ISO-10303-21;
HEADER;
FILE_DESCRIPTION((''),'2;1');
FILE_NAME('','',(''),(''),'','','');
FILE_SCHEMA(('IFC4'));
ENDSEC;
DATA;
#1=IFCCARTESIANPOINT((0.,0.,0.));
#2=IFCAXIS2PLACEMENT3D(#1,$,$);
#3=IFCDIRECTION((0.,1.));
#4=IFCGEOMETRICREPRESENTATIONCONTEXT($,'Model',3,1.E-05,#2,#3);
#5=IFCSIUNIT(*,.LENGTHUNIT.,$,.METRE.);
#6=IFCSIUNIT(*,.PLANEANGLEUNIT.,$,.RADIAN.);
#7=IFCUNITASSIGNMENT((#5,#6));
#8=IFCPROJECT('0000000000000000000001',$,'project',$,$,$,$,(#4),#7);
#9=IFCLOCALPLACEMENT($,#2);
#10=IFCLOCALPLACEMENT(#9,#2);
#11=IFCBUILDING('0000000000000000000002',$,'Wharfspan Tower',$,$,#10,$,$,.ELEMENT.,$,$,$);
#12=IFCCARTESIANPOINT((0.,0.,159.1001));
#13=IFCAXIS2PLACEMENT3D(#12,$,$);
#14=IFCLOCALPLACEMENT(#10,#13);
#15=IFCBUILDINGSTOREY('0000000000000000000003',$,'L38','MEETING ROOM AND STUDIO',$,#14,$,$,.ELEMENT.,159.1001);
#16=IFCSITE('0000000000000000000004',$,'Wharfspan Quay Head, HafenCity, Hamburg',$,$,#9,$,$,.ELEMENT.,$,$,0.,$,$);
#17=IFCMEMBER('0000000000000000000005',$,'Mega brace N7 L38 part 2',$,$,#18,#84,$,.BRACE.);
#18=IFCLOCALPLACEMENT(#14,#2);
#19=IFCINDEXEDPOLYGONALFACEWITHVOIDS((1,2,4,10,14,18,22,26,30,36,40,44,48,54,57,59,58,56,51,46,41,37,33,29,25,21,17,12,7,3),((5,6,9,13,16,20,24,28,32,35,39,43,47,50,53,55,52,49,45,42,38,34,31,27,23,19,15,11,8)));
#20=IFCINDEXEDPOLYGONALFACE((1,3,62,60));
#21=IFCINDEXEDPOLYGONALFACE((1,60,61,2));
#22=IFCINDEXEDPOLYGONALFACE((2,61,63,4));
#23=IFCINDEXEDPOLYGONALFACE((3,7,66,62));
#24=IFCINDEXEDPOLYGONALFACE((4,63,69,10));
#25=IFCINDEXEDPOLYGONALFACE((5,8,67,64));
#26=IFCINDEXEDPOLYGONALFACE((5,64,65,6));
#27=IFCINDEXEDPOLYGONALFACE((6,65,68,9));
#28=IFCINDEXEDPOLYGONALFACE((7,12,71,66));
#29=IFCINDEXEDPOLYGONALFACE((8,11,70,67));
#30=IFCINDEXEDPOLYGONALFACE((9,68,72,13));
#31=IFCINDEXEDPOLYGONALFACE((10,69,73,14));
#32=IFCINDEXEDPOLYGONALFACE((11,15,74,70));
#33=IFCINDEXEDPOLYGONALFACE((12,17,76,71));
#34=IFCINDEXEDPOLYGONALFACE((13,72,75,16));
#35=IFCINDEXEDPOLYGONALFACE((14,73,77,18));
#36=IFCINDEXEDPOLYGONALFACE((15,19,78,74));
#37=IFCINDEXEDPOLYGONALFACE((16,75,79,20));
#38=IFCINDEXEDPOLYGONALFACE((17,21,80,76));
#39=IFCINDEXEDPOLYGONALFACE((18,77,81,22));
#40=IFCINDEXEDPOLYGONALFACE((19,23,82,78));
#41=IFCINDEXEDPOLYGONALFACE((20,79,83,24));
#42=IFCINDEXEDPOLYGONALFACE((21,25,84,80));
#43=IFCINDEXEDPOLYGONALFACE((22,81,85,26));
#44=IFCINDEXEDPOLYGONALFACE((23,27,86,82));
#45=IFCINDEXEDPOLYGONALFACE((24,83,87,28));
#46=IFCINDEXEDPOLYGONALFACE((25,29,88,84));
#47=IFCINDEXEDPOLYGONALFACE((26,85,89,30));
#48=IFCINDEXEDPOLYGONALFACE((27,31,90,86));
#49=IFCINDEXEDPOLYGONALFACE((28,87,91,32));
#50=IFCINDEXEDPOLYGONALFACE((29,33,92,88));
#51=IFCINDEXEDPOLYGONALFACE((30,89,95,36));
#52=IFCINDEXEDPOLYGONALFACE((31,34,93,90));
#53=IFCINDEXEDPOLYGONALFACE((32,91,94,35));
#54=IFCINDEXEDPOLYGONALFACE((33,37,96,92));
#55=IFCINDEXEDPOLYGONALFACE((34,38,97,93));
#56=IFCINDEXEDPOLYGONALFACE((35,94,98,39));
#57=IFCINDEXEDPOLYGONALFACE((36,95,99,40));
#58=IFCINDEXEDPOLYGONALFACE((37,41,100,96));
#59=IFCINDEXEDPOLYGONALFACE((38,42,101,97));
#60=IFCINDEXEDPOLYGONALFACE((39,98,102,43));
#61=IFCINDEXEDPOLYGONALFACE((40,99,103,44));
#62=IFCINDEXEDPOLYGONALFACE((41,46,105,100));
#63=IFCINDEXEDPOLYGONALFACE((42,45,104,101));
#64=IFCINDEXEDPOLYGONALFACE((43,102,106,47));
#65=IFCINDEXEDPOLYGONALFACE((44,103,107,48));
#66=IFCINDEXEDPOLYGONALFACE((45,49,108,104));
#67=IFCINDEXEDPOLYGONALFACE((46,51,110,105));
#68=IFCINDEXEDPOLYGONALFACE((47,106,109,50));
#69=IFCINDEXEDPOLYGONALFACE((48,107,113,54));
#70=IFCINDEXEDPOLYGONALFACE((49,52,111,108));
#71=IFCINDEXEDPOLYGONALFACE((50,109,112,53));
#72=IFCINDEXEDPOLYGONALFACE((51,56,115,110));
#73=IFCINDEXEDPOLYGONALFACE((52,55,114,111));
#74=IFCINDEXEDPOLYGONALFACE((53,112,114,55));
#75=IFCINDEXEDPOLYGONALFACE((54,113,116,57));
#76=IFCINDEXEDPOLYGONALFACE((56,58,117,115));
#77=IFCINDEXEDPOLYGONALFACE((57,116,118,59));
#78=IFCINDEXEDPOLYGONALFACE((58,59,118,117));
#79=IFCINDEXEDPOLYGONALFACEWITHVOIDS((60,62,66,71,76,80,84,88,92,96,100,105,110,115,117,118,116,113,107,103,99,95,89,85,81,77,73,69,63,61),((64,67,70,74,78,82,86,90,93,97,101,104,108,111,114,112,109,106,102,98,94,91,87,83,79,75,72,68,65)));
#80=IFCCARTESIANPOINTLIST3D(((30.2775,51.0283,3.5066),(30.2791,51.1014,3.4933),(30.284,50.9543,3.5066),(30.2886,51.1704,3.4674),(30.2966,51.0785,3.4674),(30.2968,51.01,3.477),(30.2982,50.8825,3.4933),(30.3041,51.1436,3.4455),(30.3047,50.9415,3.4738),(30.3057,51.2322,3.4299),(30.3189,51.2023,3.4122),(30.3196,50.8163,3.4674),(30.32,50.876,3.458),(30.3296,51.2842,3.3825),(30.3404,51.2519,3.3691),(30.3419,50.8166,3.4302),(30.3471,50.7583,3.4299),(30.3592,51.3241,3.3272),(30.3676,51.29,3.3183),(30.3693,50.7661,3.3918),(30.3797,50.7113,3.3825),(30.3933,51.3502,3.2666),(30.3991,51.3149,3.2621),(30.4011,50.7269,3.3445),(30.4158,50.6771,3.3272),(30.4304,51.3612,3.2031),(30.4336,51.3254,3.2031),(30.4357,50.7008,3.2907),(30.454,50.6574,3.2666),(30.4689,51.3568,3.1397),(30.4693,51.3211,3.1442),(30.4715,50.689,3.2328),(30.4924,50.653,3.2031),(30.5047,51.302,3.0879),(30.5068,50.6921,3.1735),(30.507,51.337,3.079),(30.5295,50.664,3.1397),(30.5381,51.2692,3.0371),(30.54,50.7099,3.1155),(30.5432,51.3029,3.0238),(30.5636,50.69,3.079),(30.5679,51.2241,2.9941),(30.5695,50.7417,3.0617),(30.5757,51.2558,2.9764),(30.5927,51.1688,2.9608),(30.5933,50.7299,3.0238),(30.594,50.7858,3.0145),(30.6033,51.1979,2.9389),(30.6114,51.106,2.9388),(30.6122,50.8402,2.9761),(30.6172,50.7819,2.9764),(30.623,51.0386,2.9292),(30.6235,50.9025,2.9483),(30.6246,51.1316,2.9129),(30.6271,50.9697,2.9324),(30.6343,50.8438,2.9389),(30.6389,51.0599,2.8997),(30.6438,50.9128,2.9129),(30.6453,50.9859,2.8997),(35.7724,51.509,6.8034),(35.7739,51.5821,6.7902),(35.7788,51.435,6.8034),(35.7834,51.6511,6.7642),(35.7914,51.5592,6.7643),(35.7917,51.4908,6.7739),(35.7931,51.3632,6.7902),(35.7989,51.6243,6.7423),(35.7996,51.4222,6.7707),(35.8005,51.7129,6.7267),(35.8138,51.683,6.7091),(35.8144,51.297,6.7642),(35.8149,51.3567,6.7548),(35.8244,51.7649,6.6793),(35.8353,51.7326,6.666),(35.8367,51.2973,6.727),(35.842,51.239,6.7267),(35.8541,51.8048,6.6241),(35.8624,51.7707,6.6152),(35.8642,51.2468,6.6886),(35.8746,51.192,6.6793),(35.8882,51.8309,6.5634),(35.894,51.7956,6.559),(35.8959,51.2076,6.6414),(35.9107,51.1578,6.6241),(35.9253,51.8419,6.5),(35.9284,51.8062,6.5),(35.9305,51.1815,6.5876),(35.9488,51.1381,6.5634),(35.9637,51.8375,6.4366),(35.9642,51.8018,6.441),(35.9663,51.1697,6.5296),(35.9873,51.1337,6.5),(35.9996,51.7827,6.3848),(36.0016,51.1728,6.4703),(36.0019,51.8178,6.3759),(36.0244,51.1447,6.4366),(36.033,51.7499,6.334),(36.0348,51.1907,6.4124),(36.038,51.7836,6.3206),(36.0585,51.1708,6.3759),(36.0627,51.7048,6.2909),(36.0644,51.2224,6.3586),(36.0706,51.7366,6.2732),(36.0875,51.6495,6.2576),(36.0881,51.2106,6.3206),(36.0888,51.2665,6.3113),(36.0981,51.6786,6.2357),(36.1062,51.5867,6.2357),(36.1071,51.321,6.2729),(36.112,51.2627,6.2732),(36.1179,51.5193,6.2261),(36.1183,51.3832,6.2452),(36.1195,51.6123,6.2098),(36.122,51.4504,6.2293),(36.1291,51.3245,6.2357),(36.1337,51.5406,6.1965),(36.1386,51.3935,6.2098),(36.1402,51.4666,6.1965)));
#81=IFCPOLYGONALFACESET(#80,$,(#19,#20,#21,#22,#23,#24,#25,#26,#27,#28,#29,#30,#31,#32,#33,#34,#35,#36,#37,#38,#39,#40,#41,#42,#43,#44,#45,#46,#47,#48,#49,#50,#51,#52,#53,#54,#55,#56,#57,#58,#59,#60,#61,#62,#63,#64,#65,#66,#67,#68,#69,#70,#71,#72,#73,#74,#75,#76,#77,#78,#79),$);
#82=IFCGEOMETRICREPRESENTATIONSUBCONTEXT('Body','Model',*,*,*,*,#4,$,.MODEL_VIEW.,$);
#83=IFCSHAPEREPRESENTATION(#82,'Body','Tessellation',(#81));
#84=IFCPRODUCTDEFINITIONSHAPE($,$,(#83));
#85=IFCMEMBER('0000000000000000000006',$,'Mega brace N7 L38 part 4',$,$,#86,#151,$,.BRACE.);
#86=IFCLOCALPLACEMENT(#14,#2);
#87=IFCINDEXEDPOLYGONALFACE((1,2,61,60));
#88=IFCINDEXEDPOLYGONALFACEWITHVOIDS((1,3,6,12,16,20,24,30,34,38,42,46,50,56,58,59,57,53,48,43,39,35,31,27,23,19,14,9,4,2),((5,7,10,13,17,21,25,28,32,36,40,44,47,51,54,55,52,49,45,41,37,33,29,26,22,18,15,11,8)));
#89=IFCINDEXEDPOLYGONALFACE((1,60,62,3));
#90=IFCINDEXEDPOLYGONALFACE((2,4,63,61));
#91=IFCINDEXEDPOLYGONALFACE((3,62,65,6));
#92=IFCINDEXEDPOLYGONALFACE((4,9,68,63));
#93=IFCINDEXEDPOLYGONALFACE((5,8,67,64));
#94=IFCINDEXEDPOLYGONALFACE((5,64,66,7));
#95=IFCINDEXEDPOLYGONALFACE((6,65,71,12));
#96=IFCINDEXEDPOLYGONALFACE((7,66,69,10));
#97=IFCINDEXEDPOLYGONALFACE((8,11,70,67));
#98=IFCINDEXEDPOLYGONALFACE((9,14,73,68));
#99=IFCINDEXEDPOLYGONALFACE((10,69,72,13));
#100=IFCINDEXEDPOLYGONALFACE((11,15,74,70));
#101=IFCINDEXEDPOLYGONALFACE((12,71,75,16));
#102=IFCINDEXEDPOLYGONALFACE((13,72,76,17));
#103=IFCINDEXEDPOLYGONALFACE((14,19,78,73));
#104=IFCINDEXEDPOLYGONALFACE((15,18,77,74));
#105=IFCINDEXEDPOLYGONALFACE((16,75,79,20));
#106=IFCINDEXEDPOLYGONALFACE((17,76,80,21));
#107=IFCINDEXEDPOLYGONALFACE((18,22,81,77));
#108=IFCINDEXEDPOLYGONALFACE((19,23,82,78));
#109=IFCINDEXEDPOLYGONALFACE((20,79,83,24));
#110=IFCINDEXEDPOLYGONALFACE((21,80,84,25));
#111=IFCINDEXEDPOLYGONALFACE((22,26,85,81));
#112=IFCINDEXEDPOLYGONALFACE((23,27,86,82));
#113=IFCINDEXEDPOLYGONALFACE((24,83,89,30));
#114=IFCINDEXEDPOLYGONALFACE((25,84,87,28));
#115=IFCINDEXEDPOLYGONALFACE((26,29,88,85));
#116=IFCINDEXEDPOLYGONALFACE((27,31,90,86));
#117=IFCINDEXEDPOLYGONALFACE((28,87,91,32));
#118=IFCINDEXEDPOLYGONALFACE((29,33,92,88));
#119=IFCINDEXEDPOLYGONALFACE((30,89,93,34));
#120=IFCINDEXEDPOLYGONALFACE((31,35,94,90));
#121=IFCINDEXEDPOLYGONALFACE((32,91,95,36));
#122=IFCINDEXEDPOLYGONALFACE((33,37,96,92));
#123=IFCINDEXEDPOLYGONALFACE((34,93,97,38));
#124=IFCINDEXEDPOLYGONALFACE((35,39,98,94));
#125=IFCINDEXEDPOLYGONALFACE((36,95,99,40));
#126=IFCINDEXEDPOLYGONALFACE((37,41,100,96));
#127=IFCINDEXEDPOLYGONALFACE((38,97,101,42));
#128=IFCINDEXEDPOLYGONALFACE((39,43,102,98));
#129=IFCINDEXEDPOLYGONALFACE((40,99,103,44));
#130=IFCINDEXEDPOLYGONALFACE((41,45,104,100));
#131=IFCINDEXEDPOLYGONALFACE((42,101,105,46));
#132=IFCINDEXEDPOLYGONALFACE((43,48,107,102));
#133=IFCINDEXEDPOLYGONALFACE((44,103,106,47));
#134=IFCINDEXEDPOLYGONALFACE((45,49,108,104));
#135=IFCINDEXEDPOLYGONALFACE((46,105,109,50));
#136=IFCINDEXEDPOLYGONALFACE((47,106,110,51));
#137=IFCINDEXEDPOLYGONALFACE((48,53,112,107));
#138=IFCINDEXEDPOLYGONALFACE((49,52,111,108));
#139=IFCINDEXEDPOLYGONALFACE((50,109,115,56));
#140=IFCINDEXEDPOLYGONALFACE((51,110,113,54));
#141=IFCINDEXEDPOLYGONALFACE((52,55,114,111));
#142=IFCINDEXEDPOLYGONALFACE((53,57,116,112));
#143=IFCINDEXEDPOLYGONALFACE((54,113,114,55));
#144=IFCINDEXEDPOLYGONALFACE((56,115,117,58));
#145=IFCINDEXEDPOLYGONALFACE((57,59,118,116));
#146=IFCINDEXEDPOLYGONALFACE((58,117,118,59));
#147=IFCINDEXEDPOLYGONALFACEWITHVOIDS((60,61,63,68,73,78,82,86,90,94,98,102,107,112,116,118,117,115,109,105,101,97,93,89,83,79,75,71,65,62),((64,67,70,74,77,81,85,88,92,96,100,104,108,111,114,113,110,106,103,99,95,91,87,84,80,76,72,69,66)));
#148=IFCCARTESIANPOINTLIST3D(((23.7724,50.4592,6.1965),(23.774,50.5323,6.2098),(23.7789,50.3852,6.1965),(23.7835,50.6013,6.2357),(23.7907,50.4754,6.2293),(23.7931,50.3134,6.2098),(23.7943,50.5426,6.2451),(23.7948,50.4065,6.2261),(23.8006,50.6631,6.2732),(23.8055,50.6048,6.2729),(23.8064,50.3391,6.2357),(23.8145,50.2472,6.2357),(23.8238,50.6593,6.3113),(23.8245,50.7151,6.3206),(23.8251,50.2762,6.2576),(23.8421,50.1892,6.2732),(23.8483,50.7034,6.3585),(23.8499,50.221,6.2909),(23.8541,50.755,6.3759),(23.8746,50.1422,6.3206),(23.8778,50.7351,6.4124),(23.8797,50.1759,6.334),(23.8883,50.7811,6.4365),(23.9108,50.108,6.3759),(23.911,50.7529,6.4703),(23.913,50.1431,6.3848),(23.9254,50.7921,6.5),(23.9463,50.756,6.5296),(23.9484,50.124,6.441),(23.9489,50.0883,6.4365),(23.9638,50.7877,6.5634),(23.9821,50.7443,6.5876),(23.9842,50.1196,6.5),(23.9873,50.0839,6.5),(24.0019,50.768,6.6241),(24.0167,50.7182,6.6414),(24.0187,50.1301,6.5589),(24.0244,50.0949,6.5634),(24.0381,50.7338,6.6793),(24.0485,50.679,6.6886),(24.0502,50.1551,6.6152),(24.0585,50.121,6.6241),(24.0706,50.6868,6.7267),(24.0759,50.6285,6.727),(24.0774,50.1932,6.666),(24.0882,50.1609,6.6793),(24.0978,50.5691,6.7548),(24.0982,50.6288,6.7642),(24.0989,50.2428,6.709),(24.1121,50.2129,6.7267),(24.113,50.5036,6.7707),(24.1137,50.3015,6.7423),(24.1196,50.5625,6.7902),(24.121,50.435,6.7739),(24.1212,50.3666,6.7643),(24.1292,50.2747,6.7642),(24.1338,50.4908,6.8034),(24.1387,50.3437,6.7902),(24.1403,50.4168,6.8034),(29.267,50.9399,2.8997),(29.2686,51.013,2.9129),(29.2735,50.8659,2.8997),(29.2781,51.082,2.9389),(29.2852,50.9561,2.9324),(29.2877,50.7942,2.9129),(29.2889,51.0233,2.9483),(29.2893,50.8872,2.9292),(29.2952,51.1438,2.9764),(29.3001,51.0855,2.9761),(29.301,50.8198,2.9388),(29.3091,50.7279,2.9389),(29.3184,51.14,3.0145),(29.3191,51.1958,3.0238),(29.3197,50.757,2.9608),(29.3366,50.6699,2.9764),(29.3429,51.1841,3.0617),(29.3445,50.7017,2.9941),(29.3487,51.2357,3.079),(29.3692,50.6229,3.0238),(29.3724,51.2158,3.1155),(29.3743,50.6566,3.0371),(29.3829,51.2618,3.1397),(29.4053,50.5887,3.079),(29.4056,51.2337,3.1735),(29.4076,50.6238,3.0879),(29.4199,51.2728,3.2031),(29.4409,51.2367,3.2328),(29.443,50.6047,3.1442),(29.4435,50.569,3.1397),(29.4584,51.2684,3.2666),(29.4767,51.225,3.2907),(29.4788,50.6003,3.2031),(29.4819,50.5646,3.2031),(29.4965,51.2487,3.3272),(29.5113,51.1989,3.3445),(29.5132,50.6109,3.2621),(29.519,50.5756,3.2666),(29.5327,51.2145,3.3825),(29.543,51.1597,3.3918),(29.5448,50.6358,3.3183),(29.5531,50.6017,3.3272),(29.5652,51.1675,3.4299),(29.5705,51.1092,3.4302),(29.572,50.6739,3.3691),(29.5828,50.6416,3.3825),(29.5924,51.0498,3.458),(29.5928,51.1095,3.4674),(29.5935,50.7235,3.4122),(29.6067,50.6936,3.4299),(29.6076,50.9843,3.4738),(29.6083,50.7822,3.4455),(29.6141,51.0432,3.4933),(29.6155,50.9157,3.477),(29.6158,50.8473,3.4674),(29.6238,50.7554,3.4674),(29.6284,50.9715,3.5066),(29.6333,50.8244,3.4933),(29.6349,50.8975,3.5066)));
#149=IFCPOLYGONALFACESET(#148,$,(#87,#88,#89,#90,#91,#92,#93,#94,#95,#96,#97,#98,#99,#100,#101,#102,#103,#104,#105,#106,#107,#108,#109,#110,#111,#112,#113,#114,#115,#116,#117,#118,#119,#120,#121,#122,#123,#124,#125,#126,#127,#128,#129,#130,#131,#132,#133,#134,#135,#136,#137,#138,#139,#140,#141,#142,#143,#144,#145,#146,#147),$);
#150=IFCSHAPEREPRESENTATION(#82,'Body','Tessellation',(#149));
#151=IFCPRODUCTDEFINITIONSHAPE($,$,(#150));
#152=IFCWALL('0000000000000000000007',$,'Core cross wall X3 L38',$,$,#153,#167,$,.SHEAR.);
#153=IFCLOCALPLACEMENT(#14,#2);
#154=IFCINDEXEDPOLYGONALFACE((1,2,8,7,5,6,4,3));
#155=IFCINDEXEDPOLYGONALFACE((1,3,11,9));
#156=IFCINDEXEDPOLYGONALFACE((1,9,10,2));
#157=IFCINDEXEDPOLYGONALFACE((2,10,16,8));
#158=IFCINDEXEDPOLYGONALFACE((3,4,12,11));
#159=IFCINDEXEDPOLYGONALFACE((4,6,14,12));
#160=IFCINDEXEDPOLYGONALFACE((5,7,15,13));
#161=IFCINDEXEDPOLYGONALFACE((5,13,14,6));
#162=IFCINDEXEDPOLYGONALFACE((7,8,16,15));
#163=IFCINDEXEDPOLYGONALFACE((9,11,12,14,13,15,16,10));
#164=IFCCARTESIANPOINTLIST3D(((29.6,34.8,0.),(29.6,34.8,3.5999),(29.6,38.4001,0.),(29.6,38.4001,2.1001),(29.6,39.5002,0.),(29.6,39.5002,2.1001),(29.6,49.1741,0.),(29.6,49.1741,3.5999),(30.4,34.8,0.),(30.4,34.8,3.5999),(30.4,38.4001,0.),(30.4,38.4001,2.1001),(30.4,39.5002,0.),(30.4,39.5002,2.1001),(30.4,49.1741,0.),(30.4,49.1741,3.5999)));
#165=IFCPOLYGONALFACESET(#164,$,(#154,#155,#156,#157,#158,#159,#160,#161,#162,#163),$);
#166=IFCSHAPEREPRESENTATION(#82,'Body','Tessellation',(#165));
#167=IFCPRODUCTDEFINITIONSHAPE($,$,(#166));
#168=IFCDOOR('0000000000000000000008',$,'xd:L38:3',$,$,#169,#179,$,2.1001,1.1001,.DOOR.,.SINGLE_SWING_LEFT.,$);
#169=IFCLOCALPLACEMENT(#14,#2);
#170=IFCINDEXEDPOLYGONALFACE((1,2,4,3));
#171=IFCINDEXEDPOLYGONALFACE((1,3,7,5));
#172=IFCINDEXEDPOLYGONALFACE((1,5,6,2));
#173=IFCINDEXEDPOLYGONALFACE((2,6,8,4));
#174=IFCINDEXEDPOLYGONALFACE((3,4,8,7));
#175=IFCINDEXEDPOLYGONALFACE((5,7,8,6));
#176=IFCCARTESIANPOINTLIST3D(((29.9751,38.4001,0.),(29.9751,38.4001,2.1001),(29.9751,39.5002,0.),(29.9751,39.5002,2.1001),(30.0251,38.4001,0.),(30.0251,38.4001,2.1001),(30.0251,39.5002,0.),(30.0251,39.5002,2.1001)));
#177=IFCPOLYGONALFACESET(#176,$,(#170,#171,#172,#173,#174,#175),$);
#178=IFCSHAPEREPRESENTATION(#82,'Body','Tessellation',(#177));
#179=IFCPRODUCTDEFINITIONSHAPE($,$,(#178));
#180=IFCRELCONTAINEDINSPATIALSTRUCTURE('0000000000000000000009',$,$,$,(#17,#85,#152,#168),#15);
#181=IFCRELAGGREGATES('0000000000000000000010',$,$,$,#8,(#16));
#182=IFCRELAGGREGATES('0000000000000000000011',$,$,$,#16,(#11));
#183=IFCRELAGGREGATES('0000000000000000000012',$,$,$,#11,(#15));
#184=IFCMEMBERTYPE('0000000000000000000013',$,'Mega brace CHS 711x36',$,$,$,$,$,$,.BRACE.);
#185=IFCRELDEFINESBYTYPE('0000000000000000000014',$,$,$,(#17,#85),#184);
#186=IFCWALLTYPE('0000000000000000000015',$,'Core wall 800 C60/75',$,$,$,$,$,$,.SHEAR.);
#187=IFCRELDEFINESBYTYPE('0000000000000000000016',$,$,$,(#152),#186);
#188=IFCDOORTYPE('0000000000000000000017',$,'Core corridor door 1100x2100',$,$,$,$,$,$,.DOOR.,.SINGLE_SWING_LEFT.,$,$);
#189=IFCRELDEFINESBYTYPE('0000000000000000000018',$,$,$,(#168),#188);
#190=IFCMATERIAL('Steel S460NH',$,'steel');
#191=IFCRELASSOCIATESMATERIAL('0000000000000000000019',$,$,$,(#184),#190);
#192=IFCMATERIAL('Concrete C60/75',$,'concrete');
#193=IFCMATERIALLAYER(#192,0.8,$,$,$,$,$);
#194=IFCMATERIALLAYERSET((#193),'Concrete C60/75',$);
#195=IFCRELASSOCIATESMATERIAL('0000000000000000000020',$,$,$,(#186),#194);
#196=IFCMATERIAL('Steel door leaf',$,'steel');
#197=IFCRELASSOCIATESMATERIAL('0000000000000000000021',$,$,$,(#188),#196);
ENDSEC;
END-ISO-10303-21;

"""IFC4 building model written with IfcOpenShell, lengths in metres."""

from ifc_helpers import new_model, si_unit, direction, frame, frame_2d, origin, origin_2d, place, context, subcontext, project, spatial, rectangle, hollow_circle, extrude, material, layer, layer_set, material_profile, profile_set, type_object, element, fill, save


model = new_model("IFC4")

# Units and contexts
model_context = context("Model", 3, precision=1e-05, world=origin(), true_north=direction((0.0, 1.0)))
body_context = subcontext(model_context, "Body", "Model", "MODEL_VIEW")
ifc_project = project(units=[si_unit("LENGTHUNIT", "METRE"), si_unit("PLANEANGLEUNIT", "RADIAN")], contexts=[model_context])

# Site, building, storey
site_placement = place(None, origin())
site = spatial("IfcSite", under=ifc_project, at=site_placement, Name="Wharfspan Quay Head, HafenCity, Hamburg", CompositionType="ELEMENT", RefElevation=0.0)
building_placement = place(site_placement, origin())
building = spatial("IfcBuilding", under=site, at=building_placement, Name="Wharfspan Tower", CompositionType="ELEMENT")
storey_placement = place(building_placement, frame((0.0, 0.0, 159.1001)))
storey = spatial("IfcBuildingStorey", under=building, at=storey_placement, Name="L38", Description="MEETING ROOM AND STUDIO", CompositionType="ELEMENT", Elevation=159.1001)

# Shared definitions
ifc_material_1 = material(Name="Steel S460NH", Category="steel")

# Members
ifc_material_profile_1 = material_profile(ifc_material_1, hollow_circle(Radius=0.3555, WallThickness=0.0359, at=origin_2d()))
ifc_profile_set_1 = profile_set([ifc_material_profile_1], Name="Steel S460NH")
member_type_1 = type_object("IfcMemberType", Name="Mega brace CHS 711x36", PredefinedType="BRACE", material=ifc_profile_set_1)
member_1_placement = place(storey_placement, frame((30.4614, 51.0071, 3.2031), z_axis=(0.855094, 0.074807, 0.513049), x_axis=(-0.087152, 0.996192, 0.000002)))
element("IfcMember", 1, at=member_1_placement, inside=storey, type_object=member_type_1, Name="Mega brace N7 L38 part 2", PredefinedType="BRACE", context=body_context, shape_type="SweptSolid", body=[
    extrude(hollow_circle(Radius=0.3555, WallThickness=0.0359, at=origin_2d()), origin(), (0.0, 0.0, 1.0), 6.426),
])
member_2_placement = place(storey_placement, frame((29.4509, 50.9187, 3.2031), z_axis=(-0.855083, -0.074809, 0.513065), x_axis=(0.087154, -0.996196, -0.000001)))
element("IfcMember", 2, at=member_2_placement, inside=storey, type_object=member_type_1, Name="Mega brace N7 L38 part 4", PredefinedType="BRACE", context=body_context, shape_type="SweptSolid", body=[
    extrude(hollow_circle(Radius=0.3555, WallThickness=0.0359, at=origin_2d()), origin(), (0.0, 0.0, 1.0), 6.4258),
])

# Wall, opening, door
ifc_material_2 = material(Name="Concrete C60/75", Category="concrete")
ifc_layer_1 = layer(ifc_material_2, 0.8)
ifc_layer_set_1 = layer_set([ifc_layer_1], Name="Concrete C60/75")
wall_type_1 = type_object("IfcWallType", Name="Core wall 800 C60/75", PredefinedType="SHEAR", material=ifc_layer_set_1)
wall_1_placement = place(storey_placement, frame((30.0, 34.8, 0.0), z_axis=(0.0, 0.0, 1.0), x_axis=(0.0, 1.0, 0.0)))
wall_1 = element("IfcWall", 3, at=wall_1_placement, inside=storey, type_object=wall_type_1, Name="Core cross wall X3 L38", PredefinedType="SHEAR", context=body_context, shape_type="SweptSolid", body=[
    extrude(rectangle(XDim=14.374, YDim=0.8, at=frame_2d((7.187, 0.0))), origin(), (0.0, 0.0, 1.0), 3.5999),
])
opening_1_placement = place(wall_1_placement, frame((3.6001, 0.0, 0.0)))
opening_1 = element("IfcOpeningElement", 4, at=opening_1_placement, cuts=wall_1, PredefinedType="OPENING", context=body_context, shape_type="SweptSolid", body=[
    extrude(rectangle(XDim=1.1001, YDim=2.1001, at=frame_2d((0.55, 1.05))), frame((0.0, 0.4099, 0.0), z_axis=(0.0, -1.0, 0.0), x_axis=(1.0, 0.0, 0.0)), (0.0, 0.0, 1.0), 0.8201),
])
ifc_material_3 = material(Name="Steel door leaf", Category="steel")
door_type_1 = type_object("IfcDoorType", Name="Core corridor door 1100x2100", OperationType="SINGLE_SWING_LEFT", PredefinedType="DOOR", material=ifc_material_3)
door_1_placement = place(opening_1_placement, origin())
door_1 = element("IfcDoor", 5, at=door_1_placement, inside=storey, type_object=door_type_1, Name="xd:L38:3", OperationType="SINGLE_SWING_LEFT", OverallHeight=2.1001, OverallWidth=1.1001, PredefinedType="DOOR", context=body_context, shape_type="SweptSolid", body=[
    extrude(rectangle(XDim=1.1001, YDim=2.1001, at=frame_2d((0.55, 1.05))), frame((0.0, 0.0249, 0.0), z_axis=(0.0, -1.0, 0.0), x_axis=(1.0, 0.0, 0.0)), (0.0, 0.0, 1.0), 0.05),
])
fill(opening_1, door_1)

save(model, "model.ifc")
